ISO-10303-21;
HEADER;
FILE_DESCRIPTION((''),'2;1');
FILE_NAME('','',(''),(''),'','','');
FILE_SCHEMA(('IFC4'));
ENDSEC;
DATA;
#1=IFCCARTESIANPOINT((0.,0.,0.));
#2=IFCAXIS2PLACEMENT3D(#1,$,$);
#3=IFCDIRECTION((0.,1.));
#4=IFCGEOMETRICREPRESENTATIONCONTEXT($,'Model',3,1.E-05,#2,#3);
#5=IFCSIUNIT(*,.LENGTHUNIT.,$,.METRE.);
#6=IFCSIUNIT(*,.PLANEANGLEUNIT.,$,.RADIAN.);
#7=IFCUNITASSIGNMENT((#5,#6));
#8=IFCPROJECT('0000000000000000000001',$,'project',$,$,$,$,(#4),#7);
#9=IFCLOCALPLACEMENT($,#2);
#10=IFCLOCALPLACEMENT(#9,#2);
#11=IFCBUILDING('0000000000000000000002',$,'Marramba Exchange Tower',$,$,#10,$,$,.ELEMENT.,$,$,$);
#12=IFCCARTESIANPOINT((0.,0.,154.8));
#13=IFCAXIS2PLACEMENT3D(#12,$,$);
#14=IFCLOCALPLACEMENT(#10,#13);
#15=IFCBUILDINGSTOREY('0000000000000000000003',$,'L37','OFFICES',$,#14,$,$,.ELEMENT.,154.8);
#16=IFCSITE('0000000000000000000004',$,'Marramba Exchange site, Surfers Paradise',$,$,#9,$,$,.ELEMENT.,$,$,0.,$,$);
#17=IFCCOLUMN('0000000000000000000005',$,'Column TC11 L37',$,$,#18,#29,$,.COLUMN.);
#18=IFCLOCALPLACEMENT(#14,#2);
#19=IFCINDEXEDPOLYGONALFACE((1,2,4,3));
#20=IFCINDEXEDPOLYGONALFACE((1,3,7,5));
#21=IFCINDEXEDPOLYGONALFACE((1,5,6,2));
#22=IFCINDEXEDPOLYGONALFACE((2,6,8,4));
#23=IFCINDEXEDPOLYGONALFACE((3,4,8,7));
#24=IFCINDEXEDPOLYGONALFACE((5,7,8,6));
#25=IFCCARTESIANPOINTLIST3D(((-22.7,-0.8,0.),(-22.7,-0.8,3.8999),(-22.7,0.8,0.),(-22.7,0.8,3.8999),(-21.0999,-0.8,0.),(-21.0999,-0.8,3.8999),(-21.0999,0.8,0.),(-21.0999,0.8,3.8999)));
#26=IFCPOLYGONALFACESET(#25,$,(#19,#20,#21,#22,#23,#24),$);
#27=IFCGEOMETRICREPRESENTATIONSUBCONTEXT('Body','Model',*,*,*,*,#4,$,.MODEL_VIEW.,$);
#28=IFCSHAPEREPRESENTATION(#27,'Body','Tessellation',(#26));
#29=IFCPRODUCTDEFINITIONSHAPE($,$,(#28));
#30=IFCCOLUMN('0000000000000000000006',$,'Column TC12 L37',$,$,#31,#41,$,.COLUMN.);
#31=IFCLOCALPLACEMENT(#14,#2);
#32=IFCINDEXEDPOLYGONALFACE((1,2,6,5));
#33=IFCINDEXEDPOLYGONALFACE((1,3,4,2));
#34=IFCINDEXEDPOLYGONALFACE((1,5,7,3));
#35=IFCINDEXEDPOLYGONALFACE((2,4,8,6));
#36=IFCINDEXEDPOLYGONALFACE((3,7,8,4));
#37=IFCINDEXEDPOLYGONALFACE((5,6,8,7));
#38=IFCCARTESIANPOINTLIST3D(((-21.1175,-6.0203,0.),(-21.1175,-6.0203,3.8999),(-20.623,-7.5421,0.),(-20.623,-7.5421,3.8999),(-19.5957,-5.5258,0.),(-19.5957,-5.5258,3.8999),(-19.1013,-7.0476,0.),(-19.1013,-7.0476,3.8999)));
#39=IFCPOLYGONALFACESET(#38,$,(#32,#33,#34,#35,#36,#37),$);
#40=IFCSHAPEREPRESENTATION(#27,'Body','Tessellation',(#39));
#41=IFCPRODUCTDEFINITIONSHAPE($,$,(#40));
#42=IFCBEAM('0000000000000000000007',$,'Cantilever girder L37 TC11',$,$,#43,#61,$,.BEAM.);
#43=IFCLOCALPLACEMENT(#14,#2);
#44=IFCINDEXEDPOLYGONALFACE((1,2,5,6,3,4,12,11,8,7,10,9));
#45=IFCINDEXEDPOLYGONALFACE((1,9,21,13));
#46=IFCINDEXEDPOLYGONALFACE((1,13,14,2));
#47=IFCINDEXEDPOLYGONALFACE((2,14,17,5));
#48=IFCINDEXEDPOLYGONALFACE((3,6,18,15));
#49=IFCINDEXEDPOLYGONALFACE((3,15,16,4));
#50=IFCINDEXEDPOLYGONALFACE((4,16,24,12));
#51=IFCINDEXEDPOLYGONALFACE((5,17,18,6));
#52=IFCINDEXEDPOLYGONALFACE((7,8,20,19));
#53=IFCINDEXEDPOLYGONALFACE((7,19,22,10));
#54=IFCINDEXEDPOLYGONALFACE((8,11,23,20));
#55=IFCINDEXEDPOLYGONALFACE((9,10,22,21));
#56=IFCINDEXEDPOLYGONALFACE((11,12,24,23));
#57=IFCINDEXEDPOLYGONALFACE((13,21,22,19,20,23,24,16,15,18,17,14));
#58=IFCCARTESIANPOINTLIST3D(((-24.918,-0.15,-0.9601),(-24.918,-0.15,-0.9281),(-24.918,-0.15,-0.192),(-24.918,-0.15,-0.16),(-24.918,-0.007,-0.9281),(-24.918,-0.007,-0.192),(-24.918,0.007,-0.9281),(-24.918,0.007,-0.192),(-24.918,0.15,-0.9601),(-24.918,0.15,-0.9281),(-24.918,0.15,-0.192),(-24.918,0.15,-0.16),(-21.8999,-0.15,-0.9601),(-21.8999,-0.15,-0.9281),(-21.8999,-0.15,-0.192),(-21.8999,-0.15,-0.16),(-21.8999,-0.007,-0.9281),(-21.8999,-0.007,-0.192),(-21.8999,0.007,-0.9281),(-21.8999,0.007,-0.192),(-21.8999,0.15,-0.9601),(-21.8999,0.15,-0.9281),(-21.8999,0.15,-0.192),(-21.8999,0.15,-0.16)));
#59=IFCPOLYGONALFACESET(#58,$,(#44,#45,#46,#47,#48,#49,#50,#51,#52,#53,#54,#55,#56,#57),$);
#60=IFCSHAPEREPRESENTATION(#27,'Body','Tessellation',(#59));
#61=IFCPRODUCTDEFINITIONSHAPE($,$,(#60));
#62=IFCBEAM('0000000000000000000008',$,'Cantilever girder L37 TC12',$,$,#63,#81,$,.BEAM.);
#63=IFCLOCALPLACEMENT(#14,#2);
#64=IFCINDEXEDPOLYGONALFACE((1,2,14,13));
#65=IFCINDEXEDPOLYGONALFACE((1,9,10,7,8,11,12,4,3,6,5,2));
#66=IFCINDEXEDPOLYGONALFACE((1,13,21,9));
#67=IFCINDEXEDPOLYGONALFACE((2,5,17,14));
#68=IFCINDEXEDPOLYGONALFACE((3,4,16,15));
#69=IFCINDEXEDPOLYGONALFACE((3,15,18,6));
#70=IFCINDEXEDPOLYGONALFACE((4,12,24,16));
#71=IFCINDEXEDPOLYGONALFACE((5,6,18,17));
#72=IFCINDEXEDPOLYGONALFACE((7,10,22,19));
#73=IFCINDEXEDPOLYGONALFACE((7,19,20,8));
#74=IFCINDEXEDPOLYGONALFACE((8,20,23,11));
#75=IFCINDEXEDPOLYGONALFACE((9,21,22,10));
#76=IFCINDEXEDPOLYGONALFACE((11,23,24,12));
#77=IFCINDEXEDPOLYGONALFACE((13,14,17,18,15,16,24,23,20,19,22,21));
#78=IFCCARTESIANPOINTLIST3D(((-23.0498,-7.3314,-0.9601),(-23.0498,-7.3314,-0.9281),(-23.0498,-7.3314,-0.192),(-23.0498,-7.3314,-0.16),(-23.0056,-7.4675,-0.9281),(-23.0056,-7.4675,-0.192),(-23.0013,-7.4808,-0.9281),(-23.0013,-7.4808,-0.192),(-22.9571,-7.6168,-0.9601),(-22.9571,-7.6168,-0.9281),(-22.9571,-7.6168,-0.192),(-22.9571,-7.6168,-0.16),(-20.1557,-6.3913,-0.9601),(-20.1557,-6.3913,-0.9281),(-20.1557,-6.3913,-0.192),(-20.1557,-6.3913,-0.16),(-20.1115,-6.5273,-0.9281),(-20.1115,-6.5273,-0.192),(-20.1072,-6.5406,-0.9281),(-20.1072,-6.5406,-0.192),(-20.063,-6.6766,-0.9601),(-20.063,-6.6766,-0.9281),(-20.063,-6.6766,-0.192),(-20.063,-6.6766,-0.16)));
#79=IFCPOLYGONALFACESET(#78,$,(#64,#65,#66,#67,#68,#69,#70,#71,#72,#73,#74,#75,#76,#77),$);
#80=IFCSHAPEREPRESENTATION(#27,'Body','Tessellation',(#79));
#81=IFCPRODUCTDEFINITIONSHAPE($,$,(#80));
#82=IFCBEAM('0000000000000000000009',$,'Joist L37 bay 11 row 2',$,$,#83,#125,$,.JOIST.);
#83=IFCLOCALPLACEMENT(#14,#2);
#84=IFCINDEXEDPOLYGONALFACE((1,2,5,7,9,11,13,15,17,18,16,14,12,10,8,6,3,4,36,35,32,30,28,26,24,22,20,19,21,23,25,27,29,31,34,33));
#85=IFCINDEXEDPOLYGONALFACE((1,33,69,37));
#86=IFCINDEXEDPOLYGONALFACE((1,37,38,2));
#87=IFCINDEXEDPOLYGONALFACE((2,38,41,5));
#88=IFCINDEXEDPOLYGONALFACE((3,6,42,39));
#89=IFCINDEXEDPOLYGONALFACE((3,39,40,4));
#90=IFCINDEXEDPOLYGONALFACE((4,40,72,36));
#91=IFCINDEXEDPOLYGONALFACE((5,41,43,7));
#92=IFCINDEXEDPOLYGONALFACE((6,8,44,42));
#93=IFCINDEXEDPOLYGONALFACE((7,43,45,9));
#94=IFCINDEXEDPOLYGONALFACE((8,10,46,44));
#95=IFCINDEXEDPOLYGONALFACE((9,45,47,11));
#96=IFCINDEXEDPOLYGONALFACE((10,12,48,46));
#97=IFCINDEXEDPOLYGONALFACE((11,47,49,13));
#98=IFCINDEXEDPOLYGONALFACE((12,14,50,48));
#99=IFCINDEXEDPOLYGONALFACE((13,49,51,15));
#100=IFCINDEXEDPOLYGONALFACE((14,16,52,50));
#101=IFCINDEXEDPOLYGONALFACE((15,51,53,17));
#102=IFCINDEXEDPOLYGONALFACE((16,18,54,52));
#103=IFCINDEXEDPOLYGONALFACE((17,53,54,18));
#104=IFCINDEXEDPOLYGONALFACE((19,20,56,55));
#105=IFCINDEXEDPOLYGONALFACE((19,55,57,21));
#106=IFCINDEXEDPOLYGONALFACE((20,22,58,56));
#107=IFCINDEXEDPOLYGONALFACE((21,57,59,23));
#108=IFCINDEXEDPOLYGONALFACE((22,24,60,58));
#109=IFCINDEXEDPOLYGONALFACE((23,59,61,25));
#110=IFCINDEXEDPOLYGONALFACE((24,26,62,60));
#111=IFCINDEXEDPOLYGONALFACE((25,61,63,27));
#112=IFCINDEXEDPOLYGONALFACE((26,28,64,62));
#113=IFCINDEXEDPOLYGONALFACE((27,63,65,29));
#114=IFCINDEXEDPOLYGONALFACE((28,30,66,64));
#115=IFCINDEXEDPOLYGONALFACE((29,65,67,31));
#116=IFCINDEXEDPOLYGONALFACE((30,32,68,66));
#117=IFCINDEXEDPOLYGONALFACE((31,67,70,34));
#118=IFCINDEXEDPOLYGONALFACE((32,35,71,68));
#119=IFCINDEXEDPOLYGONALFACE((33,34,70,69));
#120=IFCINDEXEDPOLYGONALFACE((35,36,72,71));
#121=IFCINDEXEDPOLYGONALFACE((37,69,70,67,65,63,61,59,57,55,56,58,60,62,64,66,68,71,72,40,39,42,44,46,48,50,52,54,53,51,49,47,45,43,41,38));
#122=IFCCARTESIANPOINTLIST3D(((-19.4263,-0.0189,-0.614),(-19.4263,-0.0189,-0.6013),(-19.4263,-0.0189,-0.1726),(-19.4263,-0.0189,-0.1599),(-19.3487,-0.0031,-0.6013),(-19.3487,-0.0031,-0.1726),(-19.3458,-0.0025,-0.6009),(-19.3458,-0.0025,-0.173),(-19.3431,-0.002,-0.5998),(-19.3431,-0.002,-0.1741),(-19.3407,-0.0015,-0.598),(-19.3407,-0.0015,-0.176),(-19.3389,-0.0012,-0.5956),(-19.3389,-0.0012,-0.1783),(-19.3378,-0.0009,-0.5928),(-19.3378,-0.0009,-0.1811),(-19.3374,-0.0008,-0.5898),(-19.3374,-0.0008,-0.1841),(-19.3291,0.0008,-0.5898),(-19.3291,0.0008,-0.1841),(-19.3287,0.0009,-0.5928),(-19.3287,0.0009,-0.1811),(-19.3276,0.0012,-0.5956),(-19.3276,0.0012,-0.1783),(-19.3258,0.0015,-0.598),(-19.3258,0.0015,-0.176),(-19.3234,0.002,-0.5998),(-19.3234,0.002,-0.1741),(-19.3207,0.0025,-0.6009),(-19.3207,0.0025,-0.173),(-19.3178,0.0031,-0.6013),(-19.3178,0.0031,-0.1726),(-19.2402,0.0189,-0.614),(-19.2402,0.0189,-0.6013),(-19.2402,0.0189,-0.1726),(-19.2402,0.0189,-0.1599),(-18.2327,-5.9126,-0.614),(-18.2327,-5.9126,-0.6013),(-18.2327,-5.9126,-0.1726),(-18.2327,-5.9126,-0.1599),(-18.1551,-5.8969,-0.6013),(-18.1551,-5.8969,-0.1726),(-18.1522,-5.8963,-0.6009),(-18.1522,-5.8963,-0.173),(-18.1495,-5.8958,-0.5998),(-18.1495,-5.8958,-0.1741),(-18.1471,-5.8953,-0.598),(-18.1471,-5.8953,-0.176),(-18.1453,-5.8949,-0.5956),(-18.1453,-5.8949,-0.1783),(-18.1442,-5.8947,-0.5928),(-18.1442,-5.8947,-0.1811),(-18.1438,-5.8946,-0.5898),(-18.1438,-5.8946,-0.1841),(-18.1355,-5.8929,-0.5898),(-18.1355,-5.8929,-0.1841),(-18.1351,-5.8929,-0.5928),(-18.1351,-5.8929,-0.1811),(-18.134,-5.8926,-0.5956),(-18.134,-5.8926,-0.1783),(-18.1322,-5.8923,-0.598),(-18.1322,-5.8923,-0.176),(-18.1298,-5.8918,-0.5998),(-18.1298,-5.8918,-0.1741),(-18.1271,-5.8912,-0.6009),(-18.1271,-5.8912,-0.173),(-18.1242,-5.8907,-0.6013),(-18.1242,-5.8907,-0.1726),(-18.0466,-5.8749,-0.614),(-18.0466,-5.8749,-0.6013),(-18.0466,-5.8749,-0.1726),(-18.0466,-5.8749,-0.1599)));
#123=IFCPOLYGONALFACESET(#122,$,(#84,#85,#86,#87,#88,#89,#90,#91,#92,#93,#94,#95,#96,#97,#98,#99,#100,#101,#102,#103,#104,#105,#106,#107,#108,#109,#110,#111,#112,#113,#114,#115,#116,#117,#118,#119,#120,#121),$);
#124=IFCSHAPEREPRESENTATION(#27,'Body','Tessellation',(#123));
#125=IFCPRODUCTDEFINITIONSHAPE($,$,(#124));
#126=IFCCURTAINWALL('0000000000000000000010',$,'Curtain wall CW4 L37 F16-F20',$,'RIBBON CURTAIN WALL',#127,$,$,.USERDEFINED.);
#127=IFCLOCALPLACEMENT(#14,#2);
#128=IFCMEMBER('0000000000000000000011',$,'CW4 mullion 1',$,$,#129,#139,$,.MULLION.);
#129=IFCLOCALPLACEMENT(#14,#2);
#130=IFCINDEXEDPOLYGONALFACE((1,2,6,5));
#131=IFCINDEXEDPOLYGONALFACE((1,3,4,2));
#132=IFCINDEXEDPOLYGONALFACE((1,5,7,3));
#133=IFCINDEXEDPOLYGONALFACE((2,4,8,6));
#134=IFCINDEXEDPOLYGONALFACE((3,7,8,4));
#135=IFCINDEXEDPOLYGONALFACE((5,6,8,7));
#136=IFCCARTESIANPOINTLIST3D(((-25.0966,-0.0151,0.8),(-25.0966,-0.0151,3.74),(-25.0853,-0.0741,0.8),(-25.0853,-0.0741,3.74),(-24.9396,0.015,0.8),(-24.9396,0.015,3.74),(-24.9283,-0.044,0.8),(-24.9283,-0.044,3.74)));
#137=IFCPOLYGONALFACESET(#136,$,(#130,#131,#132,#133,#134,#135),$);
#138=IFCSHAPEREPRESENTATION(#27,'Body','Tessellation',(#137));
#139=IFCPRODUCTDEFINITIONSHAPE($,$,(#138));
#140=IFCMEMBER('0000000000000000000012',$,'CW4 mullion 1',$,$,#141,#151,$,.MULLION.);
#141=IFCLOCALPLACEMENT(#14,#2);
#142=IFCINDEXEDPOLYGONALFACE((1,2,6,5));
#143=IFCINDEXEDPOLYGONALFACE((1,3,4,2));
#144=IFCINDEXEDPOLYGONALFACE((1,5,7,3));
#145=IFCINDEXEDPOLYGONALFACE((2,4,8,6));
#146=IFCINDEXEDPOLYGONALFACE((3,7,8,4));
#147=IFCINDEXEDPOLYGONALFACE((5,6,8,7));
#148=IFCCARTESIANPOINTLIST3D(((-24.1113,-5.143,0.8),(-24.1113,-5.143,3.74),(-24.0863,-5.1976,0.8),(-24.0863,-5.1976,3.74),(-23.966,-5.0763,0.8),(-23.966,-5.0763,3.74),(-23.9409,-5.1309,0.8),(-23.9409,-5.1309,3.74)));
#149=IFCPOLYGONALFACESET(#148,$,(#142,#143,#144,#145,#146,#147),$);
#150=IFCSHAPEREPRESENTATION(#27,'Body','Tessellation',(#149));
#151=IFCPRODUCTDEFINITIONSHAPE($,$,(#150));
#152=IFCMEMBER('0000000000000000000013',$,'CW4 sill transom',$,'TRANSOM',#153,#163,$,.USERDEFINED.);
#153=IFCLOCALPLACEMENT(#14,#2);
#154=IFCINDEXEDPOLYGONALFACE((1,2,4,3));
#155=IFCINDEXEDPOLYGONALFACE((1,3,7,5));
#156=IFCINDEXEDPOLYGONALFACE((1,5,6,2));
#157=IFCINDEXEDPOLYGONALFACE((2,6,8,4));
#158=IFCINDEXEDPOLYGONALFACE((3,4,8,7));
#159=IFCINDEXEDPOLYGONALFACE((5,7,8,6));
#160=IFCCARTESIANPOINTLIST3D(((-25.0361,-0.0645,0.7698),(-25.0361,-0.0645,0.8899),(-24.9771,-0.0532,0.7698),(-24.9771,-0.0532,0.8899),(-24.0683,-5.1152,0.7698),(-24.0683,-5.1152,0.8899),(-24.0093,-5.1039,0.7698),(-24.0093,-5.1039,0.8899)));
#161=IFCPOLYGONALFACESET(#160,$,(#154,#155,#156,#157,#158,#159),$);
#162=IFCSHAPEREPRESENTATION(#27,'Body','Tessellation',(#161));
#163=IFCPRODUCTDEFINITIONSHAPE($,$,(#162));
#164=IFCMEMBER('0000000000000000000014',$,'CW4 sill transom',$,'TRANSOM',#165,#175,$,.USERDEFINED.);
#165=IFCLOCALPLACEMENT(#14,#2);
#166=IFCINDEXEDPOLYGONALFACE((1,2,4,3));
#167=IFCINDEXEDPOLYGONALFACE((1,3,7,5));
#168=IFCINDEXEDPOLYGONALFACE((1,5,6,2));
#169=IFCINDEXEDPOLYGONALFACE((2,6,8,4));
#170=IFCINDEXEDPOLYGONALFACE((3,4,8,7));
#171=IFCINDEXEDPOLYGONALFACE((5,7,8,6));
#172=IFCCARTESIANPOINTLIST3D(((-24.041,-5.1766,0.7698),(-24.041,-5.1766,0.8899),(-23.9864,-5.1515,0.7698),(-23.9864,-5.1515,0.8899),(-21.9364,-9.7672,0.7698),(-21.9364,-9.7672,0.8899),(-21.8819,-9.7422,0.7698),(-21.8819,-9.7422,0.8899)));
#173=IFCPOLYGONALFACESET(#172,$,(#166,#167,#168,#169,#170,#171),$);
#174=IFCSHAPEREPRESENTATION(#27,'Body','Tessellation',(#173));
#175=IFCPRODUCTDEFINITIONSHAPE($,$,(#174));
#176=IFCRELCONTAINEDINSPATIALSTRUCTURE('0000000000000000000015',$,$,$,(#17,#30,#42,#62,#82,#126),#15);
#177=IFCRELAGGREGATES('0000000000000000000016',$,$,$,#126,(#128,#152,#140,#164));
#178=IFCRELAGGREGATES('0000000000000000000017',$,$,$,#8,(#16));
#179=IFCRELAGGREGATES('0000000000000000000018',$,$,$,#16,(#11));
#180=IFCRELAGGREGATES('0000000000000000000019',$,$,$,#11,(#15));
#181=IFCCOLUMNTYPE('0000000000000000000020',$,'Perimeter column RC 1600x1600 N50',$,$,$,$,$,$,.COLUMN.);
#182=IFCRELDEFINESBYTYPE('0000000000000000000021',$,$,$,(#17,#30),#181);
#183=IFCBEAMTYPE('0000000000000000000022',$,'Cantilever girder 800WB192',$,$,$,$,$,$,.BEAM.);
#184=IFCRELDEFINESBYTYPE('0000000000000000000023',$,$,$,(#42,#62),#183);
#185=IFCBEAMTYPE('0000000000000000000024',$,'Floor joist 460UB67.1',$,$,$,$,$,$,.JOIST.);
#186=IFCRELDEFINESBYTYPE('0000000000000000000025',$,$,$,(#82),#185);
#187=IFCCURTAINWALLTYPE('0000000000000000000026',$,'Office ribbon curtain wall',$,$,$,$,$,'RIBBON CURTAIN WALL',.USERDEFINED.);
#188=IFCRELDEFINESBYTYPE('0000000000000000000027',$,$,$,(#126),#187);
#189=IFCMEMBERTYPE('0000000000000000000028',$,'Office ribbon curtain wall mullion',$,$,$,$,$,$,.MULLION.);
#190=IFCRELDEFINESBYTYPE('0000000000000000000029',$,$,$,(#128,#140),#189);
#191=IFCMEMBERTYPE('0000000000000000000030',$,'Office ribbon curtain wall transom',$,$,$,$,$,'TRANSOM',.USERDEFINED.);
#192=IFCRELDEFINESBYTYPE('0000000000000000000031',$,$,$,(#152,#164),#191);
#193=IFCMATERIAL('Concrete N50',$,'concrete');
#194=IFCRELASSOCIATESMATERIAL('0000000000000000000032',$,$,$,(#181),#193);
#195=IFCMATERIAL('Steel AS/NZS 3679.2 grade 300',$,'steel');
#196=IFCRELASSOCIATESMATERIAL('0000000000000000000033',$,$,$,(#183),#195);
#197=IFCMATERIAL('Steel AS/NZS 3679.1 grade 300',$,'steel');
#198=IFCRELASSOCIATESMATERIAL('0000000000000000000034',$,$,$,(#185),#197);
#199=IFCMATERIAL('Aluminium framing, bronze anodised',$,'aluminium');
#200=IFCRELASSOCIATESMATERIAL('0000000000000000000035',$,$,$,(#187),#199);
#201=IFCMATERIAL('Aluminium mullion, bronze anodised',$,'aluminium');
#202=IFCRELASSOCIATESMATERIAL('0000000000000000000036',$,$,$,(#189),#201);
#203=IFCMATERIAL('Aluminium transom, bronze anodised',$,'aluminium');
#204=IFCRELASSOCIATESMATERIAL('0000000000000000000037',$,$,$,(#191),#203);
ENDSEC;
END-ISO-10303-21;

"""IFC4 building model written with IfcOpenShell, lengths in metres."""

from ifc_helpers import new_model, si_unit, direction, frame, origin, origin_2d, place, context, subcontext, project, spatial, rectangle, i_section, extrude, material, material_profile, profile_set, type_object, element, aggregate, save


model = new_model("IFC4")

# Units and contexts
model_context = context("Model", 3, precision=1e-05, world=origin(), true_north=direction((0.0, 1.0)))
body_context = subcontext(model_context, "Body", "Model", "MODEL_VIEW")
ifc_project = project(units=[si_unit("LENGTHUNIT", "METRE"), si_unit("PLANEANGLEUNIT", "RADIAN")], contexts=[model_context])

# Site, building, storey
site_placement = place(None, origin())
site = spatial("IfcSite", under=ifc_project, at=site_placement, Name="Marramba Exchange site, Surfers Paradise", CompositionType="ELEMENT", RefElevation=0.0)
building_placement = place(site_placement, origin())
building = spatial("IfcBuilding", under=site, at=building_placement, Name="Marramba Exchange Tower", CompositionType="ELEMENT")
storey_placement = place(building_placement, frame((0.0, 0.0, 154.8)))
storey = spatial("IfcBuildingStorey", under=building, at=storey_placement, Name="L37", Description="OFFICES", CompositionType="ELEMENT", Elevation=154.8)

# Columns
ifc_material_1 = material(Name="Concrete N50", Category="concrete")
ifc_material_profile_1 = material_profile(ifc_material_1, rectangle(XDim=1.6001, YDim=1.6001, at=origin_2d()), Name="RC 1600x1600")
ifc_profile_set_1 = profile_set([ifc_material_profile_1], Name="Concrete N50")
column_type = type_object("IfcColumnType", Name="Perimeter column RC 1600x1600 N50", PredefinedType="COLUMN", material=ifc_profile_set_1)
for number, where, z_axis, x_axis, name in (
    (1, (-21.8999, 0.0, 0.0), (0.0, 0.0, 1.0), (-1.0, 0.0, 0.0), "Column TC11 L37"),
    (2, (-20.1094, -6.5339, 0.0), (0.0, 0.0, 1.0), (-0.951057, -0.309017, 0.0), "Column TC12 L37"),
):
    element("IfcColumn", number, at=place(storey_placement, frame(where, z_axis=z_axis, x_axis=x_axis)), inside=storey, type_object=column_type, Name=name, PredefinedType="COLUMN", context=body_context, shape_type="SweptSolid", body=[
        extrude(rectangle(XDim=1.6001, YDim=1.6001, at=origin_2d()), origin(), (0.0, 0.0, 1.0), 3.8999),
    ])

# Beams
ifc_material_2 = material(Name="Steel AS/NZS 3679.2 grade 300", Category="steel")
ifc_material_profile_2 = material_profile(ifc_material_2, i_section(OverallWidth=0.3, OverallDepth=0.8, WebThickness=0.0139, FlangeThickness=0.032, at=origin_2d()), Name="800WB192")
ifc_profile_set_2 = profile_set([ifc_material_profile_2], Name="Steel AS/NZS 3679.2 grade 300")
beam_type_1 = type_object("IfcBeamType", Name="Cantilever girder 800WB192", PredefinedType="BEAM", material=ifc_profile_set_2)
beam_1_placement = place(storey_placement, frame((-21.8999, 0.0, -0.5601), z_axis=(-1.0, 0.0, 0.0), x_axis=(0.0, -1.0, 0.0)))
element("IfcBeam", 3, at=beam_1_placement, inside=storey, type_object=beam_type_1, Name="Cantilever girder L37 TC11", PredefinedType="BEAM", context=body_context, shape_type="SweptSolid", body=[
    extrude(i_section(OverallWidth=0.3, OverallDepth=0.8, WebThickness=0.0139, FlangeThickness=0.032, at=origin_2d()), origin(), (0.0, 0.0, 1.0), 3.0181),
])
beam_2_placement = place(storey_placement, frame((-20.1094, -6.5339, -0.5601), z_axis=(-0.951071, -0.308974, 0.0), x_axis=(0.308974, -0.951071, 0.0)))
element("IfcBeam", 4, at=beam_2_placement, inside=storey, type_object=beam_type_1, Name="Cantilever girder L37 TC12", PredefinedType="BEAM", context=body_context, shape_type="SweptSolid", body=[
    extrude(i_section(OverallWidth=0.3, OverallDepth=0.8, WebThickness=0.0139, FlangeThickness=0.032, at=origin_2d()), origin(), (0.0, 0.0, 1.0), 3.043),
])
ifc_material_3 = material(Name="Steel AS/NZS 3679.1 grade 300", Category="steel")
ifc_material_profile_3 = material_profile(ifc_material_3, i_section(OverallWidth=0.1899, OverallDepth=0.4541, WebThickness=0.0085, FlangeThickness=0.0127, FilletRadius=0.0115, at=origin_2d()), Name="460UB67.1")
ifc_profile_set_3 = profile_set([ifc_material_profile_3], Name="Steel AS/NZS 3679.1 grade 300")
beam_type_2 = type_object("IfcBeamType", Name="Floor joist 460UB67.1", PredefinedType="JOIST", material=ifc_profile_set_3)
beam_3_placement = place(storey_placement, frame((-19.3333, 0.0, -0.387), z_axis=(0.198489, -0.980103, 0.0), x_axis=(0.980103, 0.198489, 0.0)))
element("IfcBeam", 5, at=beam_3_placement, inside=storey, type_object=beam_type_2, Name="Joist L37 bay 11 row 2", PredefinedType="JOIST", context=body_context, shape_type="SweptSolid", body=[
    extrude(i_section(OverallWidth=0.1899, OverallDepth=0.4541, WebThickness=0.0085, FlangeThickness=0.0127, FilletRadius=0.0115, at=origin_2d()), origin(), (0.0, 0.0, 1.0), 6.0134),
])

# Curtain wall, members
ifc_material_4 = material(Name="Aluminium framing, bronze anodised", Category="aluminium")
curtain_wall_type = type_object("IfcCurtainWallType", Name="Office ribbon curtain wall", ElementType="RIBBON CURTAIN WALL", PredefinedType="USERDEFINED", material=ifc_material_4)
curtain_wall_placement = place(storey_placement, origin())
curtain_wall = element("IfcCurtainWall", 6, at=curtain_wall_placement, inside=storey, type_object=curtain_wall_type, Name="Curtain wall CW4 L37 F16-F20", ObjectType="RIBBON CURTAIN WALL", PredefinedType="USERDEFINED")
ifc_material_5 = material(Name="Aluminium mullion, bronze anodised", Category="aluminium")
ifc_material_profile_4 = material_profile(ifc_material_5, rectangle(XDim=0.1599, YDim=0.0601, at=origin_2d()), Name="CW4 mullion 60x160")
ifc_profile_set_4 = profile_set([ifc_material_profile_4], Name="Aluminium mullion, bronze anodised")
member_type_1 = type_object("IfcMemberType", Name="Office ribbon curtain wall mullion", PredefinedType="MULLION", material=ifc_profile_set_4)
member_1_placement = place(storey_placement, frame((-25.0125, -0.0295, 0.8), z_axis=(0.0, 0.0, 1.0), x_axis=(0.982126, 0.188227, 0.0)))
member_1 = element("IfcMember", 7, at=member_1_placement, type_object=member_type_1, Name="CW4 mullion 1", PredefinedType="MULLION", context=body_context, shape_type="SweptSolid", body=[
    extrude(rectangle(XDim=0.1599, YDim=0.0601, at=origin_2d()), origin(), (0.0, 0.0, 1.0), 2.9399),
])
member_2_placement = place(storey_placement, frame((-24.0261, -5.137, 0.8), z_axis=(0.0, 0.0, 1.0), x_axis=(0.909027, 0.416738, 0.0)))
member_2 = element("IfcMember", 8, at=member_2_placement, type_object=member_type_1, Name="CW4 mullion 1", PredefinedType="MULLION", context=body_context, shape_type="SweptSolid", body=[
    extrude(rectangle(XDim=0.1599, YDim=0.0601, at=origin_2d()), origin(), (0.0, 0.0, 1.0), 2.9399),
])
ifc_material_6 = material(Name="Aluminium transom, bronze anodised", Category="aluminium")
ifc_material_profile_5 = material_profile(ifc_material_6, rectangle(XDim=0.0601, YDim=0.1201, at=origin_2d()), Name="CW4 transom 60x120")
ifc_profile_set_5 = profile_set([ifc_material_profile_5], Name="Aluminium transom, bronze anodised")
member_type_2 = type_object("IfcMemberType", Name="Office ribbon curtain wall transom", ElementType="TRANSOM", PredefinedType="USERDEFINED", material=ifc_profile_set_5)
member_3_placement = place(storey_placement, frame((-25.0066, -0.0588, 0.8298), z_axis=(0.188185, -0.982134, 0.0), x_axis=(0.982134, 0.188185, 0.0)))
member_3 = element("IfcMember", 9, at=member_3_placement, type_object=member_type_2, Name="CW4 sill transom", ObjectType="TRANSOM", PredefinedType="USERDEFINED", context=body_context, shape_type="SweptSolid", body=[
    extrude(rectangle(XDim=0.0601, YDim=0.1201, at=origin_2d()), origin(), (0.0, 0.0, 1.0), 5.1426),
])
member_4_placement = place(storey_placement, frame((-24.0137, -5.1641, 0.8298), z_axis=(0.416733, -0.909029, 0.0), x_axis=(0.909029, 0.416733, 0.0)))
member_4 = element("IfcMember", 10, at=member_4_placement, type_object=member_type_2, Name="CW4 sill transom", ObjectType="TRANSOM", PredefinedType="USERDEFINED", context=body_context, shape_type="SweptSolid", body=[
    extrude(rectangle(XDim=0.0601, YDim=0.1201, at=origin_2d()), origin(), (0.0, 0.0, 1.0), 5.05),
])

aggregate(curtain_wall, [member_1, member_3, member_2, member_4])

save(model, "model.ifc")
